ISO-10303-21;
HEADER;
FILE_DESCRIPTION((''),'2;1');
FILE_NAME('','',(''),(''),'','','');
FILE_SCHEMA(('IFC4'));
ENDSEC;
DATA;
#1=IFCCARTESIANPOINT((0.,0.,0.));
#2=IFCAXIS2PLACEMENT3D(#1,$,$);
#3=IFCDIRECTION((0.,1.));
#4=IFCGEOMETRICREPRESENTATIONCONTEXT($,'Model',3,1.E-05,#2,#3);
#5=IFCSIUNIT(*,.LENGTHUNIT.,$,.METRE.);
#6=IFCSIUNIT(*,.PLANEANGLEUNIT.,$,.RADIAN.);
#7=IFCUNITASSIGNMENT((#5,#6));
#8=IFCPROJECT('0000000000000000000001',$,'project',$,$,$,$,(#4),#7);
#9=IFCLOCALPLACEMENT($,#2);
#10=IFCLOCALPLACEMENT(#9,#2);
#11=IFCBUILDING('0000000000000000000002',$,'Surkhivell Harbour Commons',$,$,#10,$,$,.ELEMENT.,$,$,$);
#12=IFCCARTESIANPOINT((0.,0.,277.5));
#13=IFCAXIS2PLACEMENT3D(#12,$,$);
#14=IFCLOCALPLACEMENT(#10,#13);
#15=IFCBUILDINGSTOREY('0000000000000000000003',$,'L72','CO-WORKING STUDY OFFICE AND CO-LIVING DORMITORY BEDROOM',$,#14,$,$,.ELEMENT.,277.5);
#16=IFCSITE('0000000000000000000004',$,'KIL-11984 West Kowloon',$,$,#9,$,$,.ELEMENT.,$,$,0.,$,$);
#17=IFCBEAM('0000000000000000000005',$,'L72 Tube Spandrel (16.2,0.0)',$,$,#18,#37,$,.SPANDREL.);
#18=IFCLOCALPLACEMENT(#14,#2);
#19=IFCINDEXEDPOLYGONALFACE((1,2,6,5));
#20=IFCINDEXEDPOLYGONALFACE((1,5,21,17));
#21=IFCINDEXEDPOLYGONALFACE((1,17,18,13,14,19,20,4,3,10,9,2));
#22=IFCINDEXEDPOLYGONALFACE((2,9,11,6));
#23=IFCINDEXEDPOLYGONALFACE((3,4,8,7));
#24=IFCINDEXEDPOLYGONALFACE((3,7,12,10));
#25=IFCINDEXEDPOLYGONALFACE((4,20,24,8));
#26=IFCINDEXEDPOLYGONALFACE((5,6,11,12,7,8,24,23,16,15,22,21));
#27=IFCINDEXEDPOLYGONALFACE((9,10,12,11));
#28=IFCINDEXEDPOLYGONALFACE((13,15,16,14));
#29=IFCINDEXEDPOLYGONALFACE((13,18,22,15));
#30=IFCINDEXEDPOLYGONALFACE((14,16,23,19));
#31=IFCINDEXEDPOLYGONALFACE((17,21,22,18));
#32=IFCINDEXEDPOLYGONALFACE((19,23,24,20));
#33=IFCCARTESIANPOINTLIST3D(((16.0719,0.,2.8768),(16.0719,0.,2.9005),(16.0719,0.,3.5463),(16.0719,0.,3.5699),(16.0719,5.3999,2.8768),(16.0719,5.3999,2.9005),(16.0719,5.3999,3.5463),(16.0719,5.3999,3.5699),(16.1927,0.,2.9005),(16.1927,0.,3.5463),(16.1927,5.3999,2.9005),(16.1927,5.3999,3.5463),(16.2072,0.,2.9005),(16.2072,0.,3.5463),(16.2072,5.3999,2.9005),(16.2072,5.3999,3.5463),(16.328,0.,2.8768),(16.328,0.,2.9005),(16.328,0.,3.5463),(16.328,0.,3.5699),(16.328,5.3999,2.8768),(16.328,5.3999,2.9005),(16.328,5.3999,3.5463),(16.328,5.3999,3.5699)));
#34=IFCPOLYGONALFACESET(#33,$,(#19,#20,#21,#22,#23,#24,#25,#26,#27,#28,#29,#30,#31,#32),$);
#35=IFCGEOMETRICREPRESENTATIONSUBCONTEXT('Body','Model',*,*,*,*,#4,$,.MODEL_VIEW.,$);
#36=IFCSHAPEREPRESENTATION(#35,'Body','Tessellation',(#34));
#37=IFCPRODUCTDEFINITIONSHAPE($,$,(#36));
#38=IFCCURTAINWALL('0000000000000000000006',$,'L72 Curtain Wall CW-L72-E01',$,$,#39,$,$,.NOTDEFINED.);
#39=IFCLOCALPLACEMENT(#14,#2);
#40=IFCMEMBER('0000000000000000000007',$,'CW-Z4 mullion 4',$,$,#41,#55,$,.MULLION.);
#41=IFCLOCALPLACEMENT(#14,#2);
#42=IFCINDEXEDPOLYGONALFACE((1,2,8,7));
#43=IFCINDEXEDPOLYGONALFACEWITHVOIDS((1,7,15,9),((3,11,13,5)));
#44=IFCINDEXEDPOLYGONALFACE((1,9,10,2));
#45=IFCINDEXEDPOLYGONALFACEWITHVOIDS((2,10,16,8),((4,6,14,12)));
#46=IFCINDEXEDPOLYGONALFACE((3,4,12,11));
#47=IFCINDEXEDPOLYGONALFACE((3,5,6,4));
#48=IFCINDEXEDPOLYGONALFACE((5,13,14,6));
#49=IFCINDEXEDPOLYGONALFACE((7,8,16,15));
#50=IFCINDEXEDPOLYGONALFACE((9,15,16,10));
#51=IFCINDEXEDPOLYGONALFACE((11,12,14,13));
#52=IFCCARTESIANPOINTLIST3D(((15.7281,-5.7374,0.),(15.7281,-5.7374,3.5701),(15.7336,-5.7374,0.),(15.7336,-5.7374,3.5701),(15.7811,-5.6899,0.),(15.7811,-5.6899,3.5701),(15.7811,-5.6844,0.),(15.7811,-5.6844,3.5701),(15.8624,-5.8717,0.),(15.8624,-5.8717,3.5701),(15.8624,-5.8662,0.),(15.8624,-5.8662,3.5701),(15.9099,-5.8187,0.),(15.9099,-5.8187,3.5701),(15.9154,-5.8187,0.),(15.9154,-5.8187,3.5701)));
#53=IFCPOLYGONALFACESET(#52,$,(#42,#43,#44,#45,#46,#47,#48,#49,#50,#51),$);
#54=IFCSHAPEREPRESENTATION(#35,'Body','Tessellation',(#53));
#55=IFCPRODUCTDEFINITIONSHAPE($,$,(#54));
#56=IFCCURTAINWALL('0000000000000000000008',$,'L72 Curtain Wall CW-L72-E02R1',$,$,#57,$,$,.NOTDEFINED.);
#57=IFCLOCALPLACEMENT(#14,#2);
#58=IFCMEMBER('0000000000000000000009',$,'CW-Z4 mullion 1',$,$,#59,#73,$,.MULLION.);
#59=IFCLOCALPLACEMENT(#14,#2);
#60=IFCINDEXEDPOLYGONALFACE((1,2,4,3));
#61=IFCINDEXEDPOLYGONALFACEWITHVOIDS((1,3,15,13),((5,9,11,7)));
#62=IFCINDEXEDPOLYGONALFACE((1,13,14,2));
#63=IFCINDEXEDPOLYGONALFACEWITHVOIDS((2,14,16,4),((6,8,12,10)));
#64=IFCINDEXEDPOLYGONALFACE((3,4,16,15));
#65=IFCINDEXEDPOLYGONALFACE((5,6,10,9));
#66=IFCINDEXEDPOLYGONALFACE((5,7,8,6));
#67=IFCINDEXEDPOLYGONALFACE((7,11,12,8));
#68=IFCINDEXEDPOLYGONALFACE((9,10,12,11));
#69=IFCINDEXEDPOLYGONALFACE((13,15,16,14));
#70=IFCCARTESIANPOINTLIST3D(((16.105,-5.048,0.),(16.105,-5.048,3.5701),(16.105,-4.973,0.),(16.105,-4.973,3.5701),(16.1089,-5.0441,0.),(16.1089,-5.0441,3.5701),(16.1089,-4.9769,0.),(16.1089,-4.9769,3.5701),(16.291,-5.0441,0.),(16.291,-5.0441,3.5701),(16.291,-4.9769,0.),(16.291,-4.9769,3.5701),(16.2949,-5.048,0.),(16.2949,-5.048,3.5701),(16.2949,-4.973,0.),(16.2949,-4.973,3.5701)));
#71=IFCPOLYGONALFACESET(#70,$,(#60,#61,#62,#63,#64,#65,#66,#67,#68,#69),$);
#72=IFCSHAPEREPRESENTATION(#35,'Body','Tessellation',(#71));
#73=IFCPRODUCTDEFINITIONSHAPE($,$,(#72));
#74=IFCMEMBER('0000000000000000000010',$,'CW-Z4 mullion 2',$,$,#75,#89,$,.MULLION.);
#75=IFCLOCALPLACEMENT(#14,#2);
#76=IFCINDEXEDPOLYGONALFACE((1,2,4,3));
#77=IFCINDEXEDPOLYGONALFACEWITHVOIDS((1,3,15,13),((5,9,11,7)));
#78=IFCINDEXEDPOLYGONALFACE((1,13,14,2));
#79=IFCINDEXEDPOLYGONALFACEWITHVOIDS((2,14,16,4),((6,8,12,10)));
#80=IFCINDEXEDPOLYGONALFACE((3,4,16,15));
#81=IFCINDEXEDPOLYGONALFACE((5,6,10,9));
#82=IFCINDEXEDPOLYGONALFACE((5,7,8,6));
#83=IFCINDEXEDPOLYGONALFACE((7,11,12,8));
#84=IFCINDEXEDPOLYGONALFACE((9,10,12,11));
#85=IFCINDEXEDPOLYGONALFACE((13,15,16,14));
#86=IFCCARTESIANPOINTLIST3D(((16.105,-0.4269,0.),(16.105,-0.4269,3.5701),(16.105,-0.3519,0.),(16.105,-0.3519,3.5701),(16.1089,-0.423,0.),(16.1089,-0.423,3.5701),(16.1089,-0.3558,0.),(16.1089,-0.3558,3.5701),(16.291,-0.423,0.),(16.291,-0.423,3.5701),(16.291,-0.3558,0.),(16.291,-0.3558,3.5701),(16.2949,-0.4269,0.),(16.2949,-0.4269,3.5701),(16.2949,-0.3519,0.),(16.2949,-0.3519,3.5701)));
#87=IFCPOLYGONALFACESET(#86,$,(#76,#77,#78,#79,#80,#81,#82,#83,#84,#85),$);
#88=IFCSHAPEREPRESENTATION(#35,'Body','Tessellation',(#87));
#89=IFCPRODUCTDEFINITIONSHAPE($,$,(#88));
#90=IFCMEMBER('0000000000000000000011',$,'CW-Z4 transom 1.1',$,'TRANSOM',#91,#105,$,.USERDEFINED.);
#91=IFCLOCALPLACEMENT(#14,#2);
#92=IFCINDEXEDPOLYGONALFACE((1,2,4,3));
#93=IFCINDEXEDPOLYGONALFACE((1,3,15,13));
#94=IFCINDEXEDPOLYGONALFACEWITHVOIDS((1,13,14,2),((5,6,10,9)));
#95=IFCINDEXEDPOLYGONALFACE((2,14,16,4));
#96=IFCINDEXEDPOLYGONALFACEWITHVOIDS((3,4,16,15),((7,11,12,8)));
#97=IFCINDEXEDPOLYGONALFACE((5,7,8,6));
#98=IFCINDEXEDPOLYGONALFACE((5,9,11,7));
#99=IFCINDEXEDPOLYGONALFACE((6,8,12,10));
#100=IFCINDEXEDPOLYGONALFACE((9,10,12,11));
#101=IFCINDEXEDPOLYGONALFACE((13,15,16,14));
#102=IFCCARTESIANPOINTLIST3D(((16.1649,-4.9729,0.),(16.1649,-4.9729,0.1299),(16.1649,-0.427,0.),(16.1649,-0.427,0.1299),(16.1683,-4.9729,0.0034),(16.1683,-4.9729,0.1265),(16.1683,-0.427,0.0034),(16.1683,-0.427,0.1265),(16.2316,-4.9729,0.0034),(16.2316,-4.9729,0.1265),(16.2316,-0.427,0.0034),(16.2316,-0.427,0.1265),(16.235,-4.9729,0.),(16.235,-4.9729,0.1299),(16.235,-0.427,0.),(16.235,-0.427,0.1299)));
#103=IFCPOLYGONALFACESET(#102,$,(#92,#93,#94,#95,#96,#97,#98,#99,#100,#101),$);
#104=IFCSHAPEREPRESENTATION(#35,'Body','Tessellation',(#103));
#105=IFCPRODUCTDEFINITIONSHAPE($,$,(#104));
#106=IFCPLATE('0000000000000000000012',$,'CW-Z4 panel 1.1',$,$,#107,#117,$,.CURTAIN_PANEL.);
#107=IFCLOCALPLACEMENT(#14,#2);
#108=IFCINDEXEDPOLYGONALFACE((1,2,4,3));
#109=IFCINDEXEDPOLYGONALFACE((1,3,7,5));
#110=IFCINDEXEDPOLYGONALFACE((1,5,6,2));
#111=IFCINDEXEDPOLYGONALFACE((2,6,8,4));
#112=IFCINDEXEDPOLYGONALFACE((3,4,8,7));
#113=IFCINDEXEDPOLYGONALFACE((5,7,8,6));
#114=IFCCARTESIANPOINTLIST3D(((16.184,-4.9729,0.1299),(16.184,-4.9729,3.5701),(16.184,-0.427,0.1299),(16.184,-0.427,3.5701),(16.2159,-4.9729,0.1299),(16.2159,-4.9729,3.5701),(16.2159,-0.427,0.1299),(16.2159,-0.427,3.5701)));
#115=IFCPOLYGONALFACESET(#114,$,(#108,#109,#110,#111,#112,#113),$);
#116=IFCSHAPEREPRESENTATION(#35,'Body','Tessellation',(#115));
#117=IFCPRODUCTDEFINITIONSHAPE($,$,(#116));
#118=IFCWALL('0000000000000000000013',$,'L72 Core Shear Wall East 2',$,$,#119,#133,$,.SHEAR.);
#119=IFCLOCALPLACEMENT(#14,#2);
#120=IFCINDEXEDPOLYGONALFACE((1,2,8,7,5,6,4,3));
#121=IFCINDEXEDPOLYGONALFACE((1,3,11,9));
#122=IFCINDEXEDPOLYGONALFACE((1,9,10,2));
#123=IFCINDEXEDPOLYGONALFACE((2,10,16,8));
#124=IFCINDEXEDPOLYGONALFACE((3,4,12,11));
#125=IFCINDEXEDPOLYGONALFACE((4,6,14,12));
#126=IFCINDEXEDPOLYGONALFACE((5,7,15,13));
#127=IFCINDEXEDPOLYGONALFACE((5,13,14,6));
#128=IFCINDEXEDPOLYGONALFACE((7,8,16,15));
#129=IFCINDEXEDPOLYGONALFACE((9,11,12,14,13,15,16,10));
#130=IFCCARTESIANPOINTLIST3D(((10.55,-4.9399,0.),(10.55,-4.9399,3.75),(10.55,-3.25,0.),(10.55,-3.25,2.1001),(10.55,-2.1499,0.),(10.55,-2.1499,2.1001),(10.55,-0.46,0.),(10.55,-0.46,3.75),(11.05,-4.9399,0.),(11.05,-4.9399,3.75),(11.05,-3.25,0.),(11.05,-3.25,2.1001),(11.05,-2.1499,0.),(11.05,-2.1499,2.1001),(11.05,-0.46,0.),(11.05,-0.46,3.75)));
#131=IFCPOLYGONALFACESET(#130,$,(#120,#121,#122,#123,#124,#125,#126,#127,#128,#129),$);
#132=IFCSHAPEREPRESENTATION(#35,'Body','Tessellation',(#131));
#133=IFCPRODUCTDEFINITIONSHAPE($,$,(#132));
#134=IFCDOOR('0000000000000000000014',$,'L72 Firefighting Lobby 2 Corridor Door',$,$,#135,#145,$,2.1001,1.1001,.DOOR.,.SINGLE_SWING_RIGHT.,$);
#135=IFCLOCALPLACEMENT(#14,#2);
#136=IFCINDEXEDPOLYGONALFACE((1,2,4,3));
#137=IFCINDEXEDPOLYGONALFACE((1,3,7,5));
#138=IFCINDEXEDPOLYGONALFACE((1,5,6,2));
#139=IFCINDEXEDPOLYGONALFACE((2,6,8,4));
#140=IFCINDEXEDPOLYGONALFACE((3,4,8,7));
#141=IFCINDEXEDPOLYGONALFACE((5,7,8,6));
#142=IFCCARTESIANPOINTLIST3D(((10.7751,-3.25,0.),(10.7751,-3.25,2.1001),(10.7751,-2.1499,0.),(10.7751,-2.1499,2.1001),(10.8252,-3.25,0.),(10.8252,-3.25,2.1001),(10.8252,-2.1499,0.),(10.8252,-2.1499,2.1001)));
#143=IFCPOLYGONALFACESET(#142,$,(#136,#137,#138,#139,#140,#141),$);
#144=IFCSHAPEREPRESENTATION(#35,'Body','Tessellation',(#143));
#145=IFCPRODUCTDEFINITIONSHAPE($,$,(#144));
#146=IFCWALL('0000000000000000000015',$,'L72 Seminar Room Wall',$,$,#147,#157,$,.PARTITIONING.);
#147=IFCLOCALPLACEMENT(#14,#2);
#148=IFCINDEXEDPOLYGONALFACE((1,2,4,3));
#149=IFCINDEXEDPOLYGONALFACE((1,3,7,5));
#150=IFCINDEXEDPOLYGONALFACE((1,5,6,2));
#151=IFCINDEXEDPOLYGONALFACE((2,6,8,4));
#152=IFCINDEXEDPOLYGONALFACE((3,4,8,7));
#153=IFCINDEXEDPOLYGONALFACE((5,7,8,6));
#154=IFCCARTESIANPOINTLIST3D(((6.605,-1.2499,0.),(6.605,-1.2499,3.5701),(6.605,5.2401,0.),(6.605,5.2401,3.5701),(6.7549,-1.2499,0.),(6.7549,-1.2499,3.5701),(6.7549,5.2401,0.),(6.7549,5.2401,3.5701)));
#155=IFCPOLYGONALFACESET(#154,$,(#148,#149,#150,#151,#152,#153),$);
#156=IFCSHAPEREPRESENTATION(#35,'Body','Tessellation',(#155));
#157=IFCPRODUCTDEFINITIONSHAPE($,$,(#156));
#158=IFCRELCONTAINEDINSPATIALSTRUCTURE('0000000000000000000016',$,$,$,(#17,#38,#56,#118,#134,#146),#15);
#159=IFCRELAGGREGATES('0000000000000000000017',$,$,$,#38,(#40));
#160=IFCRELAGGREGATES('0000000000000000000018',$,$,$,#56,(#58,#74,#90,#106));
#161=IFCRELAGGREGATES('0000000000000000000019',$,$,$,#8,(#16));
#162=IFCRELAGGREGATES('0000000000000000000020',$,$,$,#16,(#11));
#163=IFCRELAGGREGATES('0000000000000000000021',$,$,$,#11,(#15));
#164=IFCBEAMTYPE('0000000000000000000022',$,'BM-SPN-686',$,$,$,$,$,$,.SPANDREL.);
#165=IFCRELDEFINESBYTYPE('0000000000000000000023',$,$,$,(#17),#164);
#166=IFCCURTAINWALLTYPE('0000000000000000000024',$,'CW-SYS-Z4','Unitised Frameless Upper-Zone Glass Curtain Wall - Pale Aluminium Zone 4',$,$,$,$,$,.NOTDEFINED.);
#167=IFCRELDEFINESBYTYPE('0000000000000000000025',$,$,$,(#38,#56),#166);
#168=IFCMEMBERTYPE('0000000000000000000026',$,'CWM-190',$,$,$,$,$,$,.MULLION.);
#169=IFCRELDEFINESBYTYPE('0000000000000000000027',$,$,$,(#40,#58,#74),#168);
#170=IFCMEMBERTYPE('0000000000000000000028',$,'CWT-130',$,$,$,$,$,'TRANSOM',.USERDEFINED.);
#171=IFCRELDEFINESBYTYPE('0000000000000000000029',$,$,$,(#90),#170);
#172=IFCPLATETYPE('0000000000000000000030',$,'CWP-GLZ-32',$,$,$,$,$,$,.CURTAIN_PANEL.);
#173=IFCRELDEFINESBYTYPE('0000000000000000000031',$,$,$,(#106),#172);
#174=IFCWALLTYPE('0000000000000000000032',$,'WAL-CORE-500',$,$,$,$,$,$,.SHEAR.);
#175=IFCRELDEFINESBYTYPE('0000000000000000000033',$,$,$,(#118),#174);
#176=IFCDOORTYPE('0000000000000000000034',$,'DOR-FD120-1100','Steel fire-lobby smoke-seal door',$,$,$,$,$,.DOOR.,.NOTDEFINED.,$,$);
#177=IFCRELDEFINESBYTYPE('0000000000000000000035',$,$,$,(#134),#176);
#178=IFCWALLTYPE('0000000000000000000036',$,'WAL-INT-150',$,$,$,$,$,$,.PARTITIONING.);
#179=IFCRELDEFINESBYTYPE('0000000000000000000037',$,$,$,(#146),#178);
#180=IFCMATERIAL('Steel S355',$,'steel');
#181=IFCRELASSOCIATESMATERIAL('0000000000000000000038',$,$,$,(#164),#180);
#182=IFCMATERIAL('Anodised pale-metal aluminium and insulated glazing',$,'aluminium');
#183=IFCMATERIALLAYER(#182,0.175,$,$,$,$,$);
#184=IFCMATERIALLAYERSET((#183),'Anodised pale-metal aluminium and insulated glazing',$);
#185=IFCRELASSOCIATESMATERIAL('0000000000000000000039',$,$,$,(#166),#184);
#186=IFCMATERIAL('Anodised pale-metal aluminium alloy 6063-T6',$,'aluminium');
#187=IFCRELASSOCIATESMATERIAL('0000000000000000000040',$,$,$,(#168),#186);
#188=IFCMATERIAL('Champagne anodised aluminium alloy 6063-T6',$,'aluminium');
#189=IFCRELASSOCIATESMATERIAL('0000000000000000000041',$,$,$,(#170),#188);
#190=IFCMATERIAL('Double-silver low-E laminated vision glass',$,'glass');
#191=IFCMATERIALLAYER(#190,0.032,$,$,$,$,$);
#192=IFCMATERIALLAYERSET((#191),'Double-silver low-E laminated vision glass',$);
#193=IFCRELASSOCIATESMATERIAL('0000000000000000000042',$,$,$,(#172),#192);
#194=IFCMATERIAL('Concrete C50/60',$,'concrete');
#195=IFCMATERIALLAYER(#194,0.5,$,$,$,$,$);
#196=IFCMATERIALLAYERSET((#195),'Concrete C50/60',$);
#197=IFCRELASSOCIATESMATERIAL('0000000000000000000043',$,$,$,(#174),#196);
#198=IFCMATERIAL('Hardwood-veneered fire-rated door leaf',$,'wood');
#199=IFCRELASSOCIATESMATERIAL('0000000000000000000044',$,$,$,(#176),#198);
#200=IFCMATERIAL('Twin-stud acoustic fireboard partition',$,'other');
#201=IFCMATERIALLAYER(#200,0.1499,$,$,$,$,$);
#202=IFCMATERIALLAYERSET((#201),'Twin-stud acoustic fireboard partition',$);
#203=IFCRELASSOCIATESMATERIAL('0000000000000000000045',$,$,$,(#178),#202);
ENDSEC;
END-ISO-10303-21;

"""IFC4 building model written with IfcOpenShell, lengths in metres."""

from ifc_helpers import new_model, si_unit, direction, frame, frame_2d, origin, origin_2d, place, context, subcontext, project, spatial, rectangle, hollow_rectangle, i_section, extrude, material, layer, layer_set, material_profile, profile_set, type_object, element, fill, aggregate, save


model = new_model("IFC4")

# Units and contexts
model_context = context("Model", 3, precision=1e-05, world=origin(), true_north=direction((0.0, 1.0)))
body_context = subcontext(model_context, "Body", "Model", "MODEL_VIEW")
ifc_project = project(units=[si_unit("LENGTHUNIT", "METRE"), si_unit("PLANEANGLEUNIT", "RADIAN")], contexts=[model_context])

# Site, building, storey
site_placement = place(None, origin())
site = spatial("IfcSite", under=ifc_project, at=site_placement, Name="KIL-11984 West Kowloon", CompositionType="ELEMENT", RefElevation=0.0)
building_placement = place(site_placement, origin())
building = spatial("IfcBuilding", under=site, at=building_placement, Name="Surkhivell Harbour Commons", CompositionType="ELEMENT")
storey_placement = place(building_placement, frame((0.0, 0.0, 277.5)))
storey = spatial("IfcBuildingStorey", under=building, at=storey_placement, Name="L72", Description="CO-WORKING STUDY OFFICE AND CO-LIVING DORMITORY BEDROOM", CompositionType="ELEMENT", Elevation=277.5)

# Shared definitions
ifc_material_1 = material(Name="Concrete C50/60", Category="concrete")

# Beam
ifc_material_2 = material(Name="Steel S355", Category="steel")
ifc_material_profile_1 = material_profile(ifc_material_2, i_section(OverallWidth=0.2561, OverallDepth=0.6931, WebThickness=0.0144, FlangeThickness=0.0237, at=origin_2d()), Name="UB686x254x170")
ifc_profile_set_1 = profile_set([ifc_material_profile_1], Name="Steel S355")
beam_type_1 = type_object("IfcBeamType", Name="BM-SPN-686", PredefinedType="SPANDREL", material=ifc_profile_set_1)
for number, where, z_axis, x_axis, name in (
    (1, (16.2, 0.0, 3.2234), (0.0, 1.0, 0.0), (-1.0, 0.0, 0.0), "L72 Tube Spandrel (16.2,0.0)"),
):
    element("IfcBeam", number, at=place(storey_placement, frame(where, z_axis=z_axis, x_axis=x_axis)), inside=storey, type_object=beam_type_1, Name=name, PredefinedType="SPANDREL", context=body_context, shape_type="SweptSolid", body=[
        extrude(i_section(OverallWidth=0.2561, OverallDepth=0.6931, WebThickness=0.0144, FlangeThickness=0.0237, at=origin_2d()), origin(), (0.0, 0.0, 1.0), 5.3999),
    ])

# Curtain wall, member
ifc_material_3 = material(Name="Anodised pale-metal aluminium and insulated glazing", Category="aluminium")
ifc_layer_1 = layer(ifc_material_3, 0.175)
ifc_layer_set_1 = layer_set([ifc_layer_1], Name="Anodised pale-metal aluminium and insulated glazing")
curtain_wall_type = type_object("IfcCurtainWallType", Name="CW-SYS-Z4", Description="Unitised Frameless Upper-Zone Glass Curtain Wall - Pale Aluminium Zone 4", PredefinedType="NOTDEFINED", material=ifc_layer_set_1)
curtain_wall_1_placement = place(storey_placement, origin())
curtain_wall_1 = element("IfcCurtainWall", 2, at=curtain_wall_1_placement, inside=storey, type_object=curtain_wall_type, Name="L72 Curtain Wall CW-L72-E01", PredefinedType="NOTDEFINED")
ifc_material_4 = material(Name="Anodised pale-metal aluminium alloy 6063-T6", Category="aluminium")
ifc_material_profile_2 = material_profile(ifc_material_4, hollow_rectangle(XDim=0.075, YDim=0.1899, WallThickness=0.0039, at=origin_2d()), Name="ALU-MULL-75x190")
ifc_profile_set_2 = profile_set([ifc_material_profile_2], Name="Anodised pale-metal aluminium alloy 6063-T6")
member_type_1 = type_object("IfcMemberType", Name="CWM-190", PredefinedType="MULLION", material=ifc_profile_set_2)
member_1_placement = place(storey_placement, frame((15.8218, -5.7781, 0.0), z_axis=(0.0, 0.0, 1.0), x_axis=(0.707107, 0.707107, 0.0)))
member_1 = element("IfcMember", 3, at=member_1_placement, type_object=member_type_1, Name="CW-Z4 mullion 4", PredefinedType="MULLION", context=body_context, shape_type="SweptSolid", body=[
    extrude(hollow_rectangle(XDim=0.075, YDim=0.1899, WallThickness=0.0039, at=origin_2d()), origin(), (0.0, 0.0, 1.0), 3.5701),
])
aggregate(curtain_wall_1, [member_1])

# Curtain wall, members, plate
curtain_wall_2_placement = place(storey_placement, origin())
curtain_wall_2 = element("IfcCurtainWall", 4, at=curtain_wall_2_placement, inside=storey, type_object=curtain_wall_type, Name="L72 Curtain Wall CW-L72-E02R1", PredefinedType="NOTDEFINED")
member_2_placement = place(storey_placement, frame((16.2, -5.0105, 0.0), z_axis=(0.0, 0.0, 1.0), x_axis=(0.0, 1.0, 0.0)))
member_2 = element("IfcMember", 5, at=member_2_placement, type_object=member_type_1, Name="CW-Z4 mullion 1", PredefinedType="MULLION", context=body_context, shape_type="SweptSolid", body=[
    extrude(hollow_rectangle(XDim=0.075, YDim=0.1899, WallThickness=0.0039, at=origin_2d()), origin(), (0.0, 0.0, 1.0), 3.5701),
])
member_3_placement = place(storey_placement, frame((16.2, -0.3894, 0.0), z_axis=(0.0, 0.0, 1.0), x_axis=(0.0, 1.0, 0.0)))
member_3 = element("IfcMember", 6, at=member_3_placement, type_object=member_type_1, Name="CW-Z4 mullion 2", PredefinedType="MULLION", context=body_context, shape_type="SweptSolid", body=[
    extrude(hollow_rectangle(XDim=0.075, YDim=0.1899, WallThickness=0.0039, at=origin_2d()), origin(), (0.0, 0.0, 1.0), 3.5701),
])
ifc_material_5 = material(Name="Champagne anodised aluminium alloy 6063-T6", Category="aluminium")
ifc_material_profile_3 = material_profile(ifc_material_5, hollow_rectangle(XDim=0.0701, YDim=0.1299, WallThickness=0.0034, at=origin_2d()), Name="ALU-TRAN-70x130")
ifc_profile_set_3 = profile_set([ifc_material_profile_3], Name="Champagne anodised aluminium alloy 6063-T6")
member_type_2 = type_object("IfcMemberType", Name="CWT-130", ElementType="TRANSOM", PredefinedType="USERDEFINED", material=ifc_profile_set_3)
member_4_placement = place(storey_placement, frame((16.2, -4.9729, 0.0649), z_axis=(0.0, 1.0, 0.0), x_axis=(-1.0, 0.0, 0.0)))
member_4 = element("IfcMember", 7, at=member_4_placement, type_object=member_type_2, Name="CW-Z4 transom 1.1", ObjectType="TRANSOM", PredefinedType="USERDEFINED", context=body_context, shape_type="SweptSolid", body=[
    extrude(hollow_rectangle(XDim=0.0701, YDim=0.1299, WallThickness=0.0034, at=origin_2d()), origin(), (0.0, 0.0, 1.0), 4.5459),
])
ifc_material_6 = material(Name="Double-silver low-E laminated vision glass", Category="glass")
ifc_layer_2 = layer(ifc_material_6, 0.032)
ifc_layer_set_2 = layer_set([ifc_layer_2], Name="Double-silver low-E laminated vision glass")
plate_type = type_object("IfcPlateType", Name="CWP-GLZ-32", PredefinedType="CURTAIN_PANEL", material=ifc_layer_set_2)
plate_placement = place(storey_placement, frame((16.2, -4.9729, 0.1299), z_axis=(0.0, 0.0, 1.0), x_axis=(0.0, 1.0, 0.0)))
plate = element("IfcPlate", 8, at=plate_placement, type_object=plate_type, Name="CW-Z4 panel 1.1", PredefinedType="CURTAIN_PANEL", context=body_context, shape_type="SweptSolid", body=[
    extrude(rectangle(XDim=4.5459, YDim=0.032, at=frame_2d((2.2729, 0.0))), origin(), (0.0, 0.0, 1.0), 3.4402),
])
aggregate(curtain_wall_2, [member_2, member_3, member_4, plate])

# Wall, opening, door
ifc_layer_3 = layer(ifc_material_1, 0.5)
ifc_layer_set_3 = layer_set([ifc_layer_3], Name="Concrete C50/60")
wall_type_1 = type_object("IfcWallType", Name="WAL-CORE-500", PredefinedType="SHEAR", material=ifc_layer_set_3)
wall_1_placement = place(storey_placement, frame((10.8, -4.9399, 0.0), z_axis=(0.0, 0.0, 1.0), x_axis=(0.0, 1.0, 0.0)))
wall_1 = element("IfcWall", 9, at=wall_1_placement, inside=storey, type_object=wall_type_1, Name="L72 Core Shear Wall East 2", PredefinedType="SHEAR", context=body_context, shape_type="SweptSolid", body=[
    extrude(rectangle(XDim=4.48, YDim=0.5, at=frame_2d((2.24, 0.0))), origin(), (0.0, 0.0, 1.0), 3.75),
])
opening_1_placement = place(wall_1_placement, frame((1.6899, 0.0, 0.0)))
opening_1 = element("IfcOpeningElement", 10, at=opening_1_placement, cuts=wall_1, PredefinedType="OPENING", context=body_context, shape_type="SweptSolid", body=[
    extrude(rectangle(XDim=1.1001, YDim=2.1001, at=frame_2d((0.55, 1.05))), frame((0.0, 0.26, 0.0), z_axis=(0.0, -1.0, 0.0), x_axis=(1.0, 0.0, 0.0)), (0.0, 0.0, 1.0), 0.52),
])
ifc_material_7 = material(Name="Hardwood-veneered fire-rated door leaf", Category="wood")
door_type_1 = type_object("IfcDoorType", Name="DOR-FD120-1100", Description="Steel fire-lobby smoke-seal door", OperationType="NOTDEFINED", PredefinedType="DOOR", material=ifc_material_7)
door_1_placement = place(opening_1_placement, origin())
door_1 = element("IfcDoor", 11, at=door_1_placement, inside=storey, type_object=door_type_1, Name="L72 Firefighting Lobby 2 Corridor Door", OperationType="SINGLE_SWING_RIGHT", OverallHeight=2.1001, OverallWidth=1.1001, PredefinedType="DOOR", context=body_context, shape_type="SweptSolid", body=[
    extrude(rectangle(XDim=1.1001, YDim=2.1001, at=frame_2d((0.55, 1.05))), frame((0.0, 0.0249, 0.0), z_axis=(0.0, -1.0, 0.0), x_axis=(1.0, 0.0, 0.0)), (0.0, 0.0, 1.0), 0.05),
])
fill(opening_1, door_1)

# Wall
ifc_material_8 = material(Name="Twin-stud acoustic fireboard partition", Category="other")
ifc_layer_4 = layer(ifc_material_8, 0.1499)
ifc_layer_set_4 = layer_set([ifc_layer_4], Name="Twin-stud acoustic fireboard partition")
wall_type_2 = type_object("IfcWallType", Name="WAL-INT-150", PredefinedType="PARTITIONING", material=ifc_layer_set_4)
wall_2_placement = place(storey_placement, frame((6.6799, -1.25, 0.0), z_axis=(0.0, 0.0, 1.0), x_axis=(0.0, 1.0, 0.0)))
element("IfcWall", 12, at=wall_2_placement, inside=storey, type_object=wall_type_2, Name="L72 Seminar Room Wall", PredefinedType="PARTITIONING", context=body_context, shape_type="SweptSolid", body=[
    extrude(rectangle(XDim=6.49, YDim=0.1499, at=frame_2d((3.2451, 0.0))), origin(), (0.0, 0.0, 1.0), 3.5701),
])

save(model, "model.ifc")
